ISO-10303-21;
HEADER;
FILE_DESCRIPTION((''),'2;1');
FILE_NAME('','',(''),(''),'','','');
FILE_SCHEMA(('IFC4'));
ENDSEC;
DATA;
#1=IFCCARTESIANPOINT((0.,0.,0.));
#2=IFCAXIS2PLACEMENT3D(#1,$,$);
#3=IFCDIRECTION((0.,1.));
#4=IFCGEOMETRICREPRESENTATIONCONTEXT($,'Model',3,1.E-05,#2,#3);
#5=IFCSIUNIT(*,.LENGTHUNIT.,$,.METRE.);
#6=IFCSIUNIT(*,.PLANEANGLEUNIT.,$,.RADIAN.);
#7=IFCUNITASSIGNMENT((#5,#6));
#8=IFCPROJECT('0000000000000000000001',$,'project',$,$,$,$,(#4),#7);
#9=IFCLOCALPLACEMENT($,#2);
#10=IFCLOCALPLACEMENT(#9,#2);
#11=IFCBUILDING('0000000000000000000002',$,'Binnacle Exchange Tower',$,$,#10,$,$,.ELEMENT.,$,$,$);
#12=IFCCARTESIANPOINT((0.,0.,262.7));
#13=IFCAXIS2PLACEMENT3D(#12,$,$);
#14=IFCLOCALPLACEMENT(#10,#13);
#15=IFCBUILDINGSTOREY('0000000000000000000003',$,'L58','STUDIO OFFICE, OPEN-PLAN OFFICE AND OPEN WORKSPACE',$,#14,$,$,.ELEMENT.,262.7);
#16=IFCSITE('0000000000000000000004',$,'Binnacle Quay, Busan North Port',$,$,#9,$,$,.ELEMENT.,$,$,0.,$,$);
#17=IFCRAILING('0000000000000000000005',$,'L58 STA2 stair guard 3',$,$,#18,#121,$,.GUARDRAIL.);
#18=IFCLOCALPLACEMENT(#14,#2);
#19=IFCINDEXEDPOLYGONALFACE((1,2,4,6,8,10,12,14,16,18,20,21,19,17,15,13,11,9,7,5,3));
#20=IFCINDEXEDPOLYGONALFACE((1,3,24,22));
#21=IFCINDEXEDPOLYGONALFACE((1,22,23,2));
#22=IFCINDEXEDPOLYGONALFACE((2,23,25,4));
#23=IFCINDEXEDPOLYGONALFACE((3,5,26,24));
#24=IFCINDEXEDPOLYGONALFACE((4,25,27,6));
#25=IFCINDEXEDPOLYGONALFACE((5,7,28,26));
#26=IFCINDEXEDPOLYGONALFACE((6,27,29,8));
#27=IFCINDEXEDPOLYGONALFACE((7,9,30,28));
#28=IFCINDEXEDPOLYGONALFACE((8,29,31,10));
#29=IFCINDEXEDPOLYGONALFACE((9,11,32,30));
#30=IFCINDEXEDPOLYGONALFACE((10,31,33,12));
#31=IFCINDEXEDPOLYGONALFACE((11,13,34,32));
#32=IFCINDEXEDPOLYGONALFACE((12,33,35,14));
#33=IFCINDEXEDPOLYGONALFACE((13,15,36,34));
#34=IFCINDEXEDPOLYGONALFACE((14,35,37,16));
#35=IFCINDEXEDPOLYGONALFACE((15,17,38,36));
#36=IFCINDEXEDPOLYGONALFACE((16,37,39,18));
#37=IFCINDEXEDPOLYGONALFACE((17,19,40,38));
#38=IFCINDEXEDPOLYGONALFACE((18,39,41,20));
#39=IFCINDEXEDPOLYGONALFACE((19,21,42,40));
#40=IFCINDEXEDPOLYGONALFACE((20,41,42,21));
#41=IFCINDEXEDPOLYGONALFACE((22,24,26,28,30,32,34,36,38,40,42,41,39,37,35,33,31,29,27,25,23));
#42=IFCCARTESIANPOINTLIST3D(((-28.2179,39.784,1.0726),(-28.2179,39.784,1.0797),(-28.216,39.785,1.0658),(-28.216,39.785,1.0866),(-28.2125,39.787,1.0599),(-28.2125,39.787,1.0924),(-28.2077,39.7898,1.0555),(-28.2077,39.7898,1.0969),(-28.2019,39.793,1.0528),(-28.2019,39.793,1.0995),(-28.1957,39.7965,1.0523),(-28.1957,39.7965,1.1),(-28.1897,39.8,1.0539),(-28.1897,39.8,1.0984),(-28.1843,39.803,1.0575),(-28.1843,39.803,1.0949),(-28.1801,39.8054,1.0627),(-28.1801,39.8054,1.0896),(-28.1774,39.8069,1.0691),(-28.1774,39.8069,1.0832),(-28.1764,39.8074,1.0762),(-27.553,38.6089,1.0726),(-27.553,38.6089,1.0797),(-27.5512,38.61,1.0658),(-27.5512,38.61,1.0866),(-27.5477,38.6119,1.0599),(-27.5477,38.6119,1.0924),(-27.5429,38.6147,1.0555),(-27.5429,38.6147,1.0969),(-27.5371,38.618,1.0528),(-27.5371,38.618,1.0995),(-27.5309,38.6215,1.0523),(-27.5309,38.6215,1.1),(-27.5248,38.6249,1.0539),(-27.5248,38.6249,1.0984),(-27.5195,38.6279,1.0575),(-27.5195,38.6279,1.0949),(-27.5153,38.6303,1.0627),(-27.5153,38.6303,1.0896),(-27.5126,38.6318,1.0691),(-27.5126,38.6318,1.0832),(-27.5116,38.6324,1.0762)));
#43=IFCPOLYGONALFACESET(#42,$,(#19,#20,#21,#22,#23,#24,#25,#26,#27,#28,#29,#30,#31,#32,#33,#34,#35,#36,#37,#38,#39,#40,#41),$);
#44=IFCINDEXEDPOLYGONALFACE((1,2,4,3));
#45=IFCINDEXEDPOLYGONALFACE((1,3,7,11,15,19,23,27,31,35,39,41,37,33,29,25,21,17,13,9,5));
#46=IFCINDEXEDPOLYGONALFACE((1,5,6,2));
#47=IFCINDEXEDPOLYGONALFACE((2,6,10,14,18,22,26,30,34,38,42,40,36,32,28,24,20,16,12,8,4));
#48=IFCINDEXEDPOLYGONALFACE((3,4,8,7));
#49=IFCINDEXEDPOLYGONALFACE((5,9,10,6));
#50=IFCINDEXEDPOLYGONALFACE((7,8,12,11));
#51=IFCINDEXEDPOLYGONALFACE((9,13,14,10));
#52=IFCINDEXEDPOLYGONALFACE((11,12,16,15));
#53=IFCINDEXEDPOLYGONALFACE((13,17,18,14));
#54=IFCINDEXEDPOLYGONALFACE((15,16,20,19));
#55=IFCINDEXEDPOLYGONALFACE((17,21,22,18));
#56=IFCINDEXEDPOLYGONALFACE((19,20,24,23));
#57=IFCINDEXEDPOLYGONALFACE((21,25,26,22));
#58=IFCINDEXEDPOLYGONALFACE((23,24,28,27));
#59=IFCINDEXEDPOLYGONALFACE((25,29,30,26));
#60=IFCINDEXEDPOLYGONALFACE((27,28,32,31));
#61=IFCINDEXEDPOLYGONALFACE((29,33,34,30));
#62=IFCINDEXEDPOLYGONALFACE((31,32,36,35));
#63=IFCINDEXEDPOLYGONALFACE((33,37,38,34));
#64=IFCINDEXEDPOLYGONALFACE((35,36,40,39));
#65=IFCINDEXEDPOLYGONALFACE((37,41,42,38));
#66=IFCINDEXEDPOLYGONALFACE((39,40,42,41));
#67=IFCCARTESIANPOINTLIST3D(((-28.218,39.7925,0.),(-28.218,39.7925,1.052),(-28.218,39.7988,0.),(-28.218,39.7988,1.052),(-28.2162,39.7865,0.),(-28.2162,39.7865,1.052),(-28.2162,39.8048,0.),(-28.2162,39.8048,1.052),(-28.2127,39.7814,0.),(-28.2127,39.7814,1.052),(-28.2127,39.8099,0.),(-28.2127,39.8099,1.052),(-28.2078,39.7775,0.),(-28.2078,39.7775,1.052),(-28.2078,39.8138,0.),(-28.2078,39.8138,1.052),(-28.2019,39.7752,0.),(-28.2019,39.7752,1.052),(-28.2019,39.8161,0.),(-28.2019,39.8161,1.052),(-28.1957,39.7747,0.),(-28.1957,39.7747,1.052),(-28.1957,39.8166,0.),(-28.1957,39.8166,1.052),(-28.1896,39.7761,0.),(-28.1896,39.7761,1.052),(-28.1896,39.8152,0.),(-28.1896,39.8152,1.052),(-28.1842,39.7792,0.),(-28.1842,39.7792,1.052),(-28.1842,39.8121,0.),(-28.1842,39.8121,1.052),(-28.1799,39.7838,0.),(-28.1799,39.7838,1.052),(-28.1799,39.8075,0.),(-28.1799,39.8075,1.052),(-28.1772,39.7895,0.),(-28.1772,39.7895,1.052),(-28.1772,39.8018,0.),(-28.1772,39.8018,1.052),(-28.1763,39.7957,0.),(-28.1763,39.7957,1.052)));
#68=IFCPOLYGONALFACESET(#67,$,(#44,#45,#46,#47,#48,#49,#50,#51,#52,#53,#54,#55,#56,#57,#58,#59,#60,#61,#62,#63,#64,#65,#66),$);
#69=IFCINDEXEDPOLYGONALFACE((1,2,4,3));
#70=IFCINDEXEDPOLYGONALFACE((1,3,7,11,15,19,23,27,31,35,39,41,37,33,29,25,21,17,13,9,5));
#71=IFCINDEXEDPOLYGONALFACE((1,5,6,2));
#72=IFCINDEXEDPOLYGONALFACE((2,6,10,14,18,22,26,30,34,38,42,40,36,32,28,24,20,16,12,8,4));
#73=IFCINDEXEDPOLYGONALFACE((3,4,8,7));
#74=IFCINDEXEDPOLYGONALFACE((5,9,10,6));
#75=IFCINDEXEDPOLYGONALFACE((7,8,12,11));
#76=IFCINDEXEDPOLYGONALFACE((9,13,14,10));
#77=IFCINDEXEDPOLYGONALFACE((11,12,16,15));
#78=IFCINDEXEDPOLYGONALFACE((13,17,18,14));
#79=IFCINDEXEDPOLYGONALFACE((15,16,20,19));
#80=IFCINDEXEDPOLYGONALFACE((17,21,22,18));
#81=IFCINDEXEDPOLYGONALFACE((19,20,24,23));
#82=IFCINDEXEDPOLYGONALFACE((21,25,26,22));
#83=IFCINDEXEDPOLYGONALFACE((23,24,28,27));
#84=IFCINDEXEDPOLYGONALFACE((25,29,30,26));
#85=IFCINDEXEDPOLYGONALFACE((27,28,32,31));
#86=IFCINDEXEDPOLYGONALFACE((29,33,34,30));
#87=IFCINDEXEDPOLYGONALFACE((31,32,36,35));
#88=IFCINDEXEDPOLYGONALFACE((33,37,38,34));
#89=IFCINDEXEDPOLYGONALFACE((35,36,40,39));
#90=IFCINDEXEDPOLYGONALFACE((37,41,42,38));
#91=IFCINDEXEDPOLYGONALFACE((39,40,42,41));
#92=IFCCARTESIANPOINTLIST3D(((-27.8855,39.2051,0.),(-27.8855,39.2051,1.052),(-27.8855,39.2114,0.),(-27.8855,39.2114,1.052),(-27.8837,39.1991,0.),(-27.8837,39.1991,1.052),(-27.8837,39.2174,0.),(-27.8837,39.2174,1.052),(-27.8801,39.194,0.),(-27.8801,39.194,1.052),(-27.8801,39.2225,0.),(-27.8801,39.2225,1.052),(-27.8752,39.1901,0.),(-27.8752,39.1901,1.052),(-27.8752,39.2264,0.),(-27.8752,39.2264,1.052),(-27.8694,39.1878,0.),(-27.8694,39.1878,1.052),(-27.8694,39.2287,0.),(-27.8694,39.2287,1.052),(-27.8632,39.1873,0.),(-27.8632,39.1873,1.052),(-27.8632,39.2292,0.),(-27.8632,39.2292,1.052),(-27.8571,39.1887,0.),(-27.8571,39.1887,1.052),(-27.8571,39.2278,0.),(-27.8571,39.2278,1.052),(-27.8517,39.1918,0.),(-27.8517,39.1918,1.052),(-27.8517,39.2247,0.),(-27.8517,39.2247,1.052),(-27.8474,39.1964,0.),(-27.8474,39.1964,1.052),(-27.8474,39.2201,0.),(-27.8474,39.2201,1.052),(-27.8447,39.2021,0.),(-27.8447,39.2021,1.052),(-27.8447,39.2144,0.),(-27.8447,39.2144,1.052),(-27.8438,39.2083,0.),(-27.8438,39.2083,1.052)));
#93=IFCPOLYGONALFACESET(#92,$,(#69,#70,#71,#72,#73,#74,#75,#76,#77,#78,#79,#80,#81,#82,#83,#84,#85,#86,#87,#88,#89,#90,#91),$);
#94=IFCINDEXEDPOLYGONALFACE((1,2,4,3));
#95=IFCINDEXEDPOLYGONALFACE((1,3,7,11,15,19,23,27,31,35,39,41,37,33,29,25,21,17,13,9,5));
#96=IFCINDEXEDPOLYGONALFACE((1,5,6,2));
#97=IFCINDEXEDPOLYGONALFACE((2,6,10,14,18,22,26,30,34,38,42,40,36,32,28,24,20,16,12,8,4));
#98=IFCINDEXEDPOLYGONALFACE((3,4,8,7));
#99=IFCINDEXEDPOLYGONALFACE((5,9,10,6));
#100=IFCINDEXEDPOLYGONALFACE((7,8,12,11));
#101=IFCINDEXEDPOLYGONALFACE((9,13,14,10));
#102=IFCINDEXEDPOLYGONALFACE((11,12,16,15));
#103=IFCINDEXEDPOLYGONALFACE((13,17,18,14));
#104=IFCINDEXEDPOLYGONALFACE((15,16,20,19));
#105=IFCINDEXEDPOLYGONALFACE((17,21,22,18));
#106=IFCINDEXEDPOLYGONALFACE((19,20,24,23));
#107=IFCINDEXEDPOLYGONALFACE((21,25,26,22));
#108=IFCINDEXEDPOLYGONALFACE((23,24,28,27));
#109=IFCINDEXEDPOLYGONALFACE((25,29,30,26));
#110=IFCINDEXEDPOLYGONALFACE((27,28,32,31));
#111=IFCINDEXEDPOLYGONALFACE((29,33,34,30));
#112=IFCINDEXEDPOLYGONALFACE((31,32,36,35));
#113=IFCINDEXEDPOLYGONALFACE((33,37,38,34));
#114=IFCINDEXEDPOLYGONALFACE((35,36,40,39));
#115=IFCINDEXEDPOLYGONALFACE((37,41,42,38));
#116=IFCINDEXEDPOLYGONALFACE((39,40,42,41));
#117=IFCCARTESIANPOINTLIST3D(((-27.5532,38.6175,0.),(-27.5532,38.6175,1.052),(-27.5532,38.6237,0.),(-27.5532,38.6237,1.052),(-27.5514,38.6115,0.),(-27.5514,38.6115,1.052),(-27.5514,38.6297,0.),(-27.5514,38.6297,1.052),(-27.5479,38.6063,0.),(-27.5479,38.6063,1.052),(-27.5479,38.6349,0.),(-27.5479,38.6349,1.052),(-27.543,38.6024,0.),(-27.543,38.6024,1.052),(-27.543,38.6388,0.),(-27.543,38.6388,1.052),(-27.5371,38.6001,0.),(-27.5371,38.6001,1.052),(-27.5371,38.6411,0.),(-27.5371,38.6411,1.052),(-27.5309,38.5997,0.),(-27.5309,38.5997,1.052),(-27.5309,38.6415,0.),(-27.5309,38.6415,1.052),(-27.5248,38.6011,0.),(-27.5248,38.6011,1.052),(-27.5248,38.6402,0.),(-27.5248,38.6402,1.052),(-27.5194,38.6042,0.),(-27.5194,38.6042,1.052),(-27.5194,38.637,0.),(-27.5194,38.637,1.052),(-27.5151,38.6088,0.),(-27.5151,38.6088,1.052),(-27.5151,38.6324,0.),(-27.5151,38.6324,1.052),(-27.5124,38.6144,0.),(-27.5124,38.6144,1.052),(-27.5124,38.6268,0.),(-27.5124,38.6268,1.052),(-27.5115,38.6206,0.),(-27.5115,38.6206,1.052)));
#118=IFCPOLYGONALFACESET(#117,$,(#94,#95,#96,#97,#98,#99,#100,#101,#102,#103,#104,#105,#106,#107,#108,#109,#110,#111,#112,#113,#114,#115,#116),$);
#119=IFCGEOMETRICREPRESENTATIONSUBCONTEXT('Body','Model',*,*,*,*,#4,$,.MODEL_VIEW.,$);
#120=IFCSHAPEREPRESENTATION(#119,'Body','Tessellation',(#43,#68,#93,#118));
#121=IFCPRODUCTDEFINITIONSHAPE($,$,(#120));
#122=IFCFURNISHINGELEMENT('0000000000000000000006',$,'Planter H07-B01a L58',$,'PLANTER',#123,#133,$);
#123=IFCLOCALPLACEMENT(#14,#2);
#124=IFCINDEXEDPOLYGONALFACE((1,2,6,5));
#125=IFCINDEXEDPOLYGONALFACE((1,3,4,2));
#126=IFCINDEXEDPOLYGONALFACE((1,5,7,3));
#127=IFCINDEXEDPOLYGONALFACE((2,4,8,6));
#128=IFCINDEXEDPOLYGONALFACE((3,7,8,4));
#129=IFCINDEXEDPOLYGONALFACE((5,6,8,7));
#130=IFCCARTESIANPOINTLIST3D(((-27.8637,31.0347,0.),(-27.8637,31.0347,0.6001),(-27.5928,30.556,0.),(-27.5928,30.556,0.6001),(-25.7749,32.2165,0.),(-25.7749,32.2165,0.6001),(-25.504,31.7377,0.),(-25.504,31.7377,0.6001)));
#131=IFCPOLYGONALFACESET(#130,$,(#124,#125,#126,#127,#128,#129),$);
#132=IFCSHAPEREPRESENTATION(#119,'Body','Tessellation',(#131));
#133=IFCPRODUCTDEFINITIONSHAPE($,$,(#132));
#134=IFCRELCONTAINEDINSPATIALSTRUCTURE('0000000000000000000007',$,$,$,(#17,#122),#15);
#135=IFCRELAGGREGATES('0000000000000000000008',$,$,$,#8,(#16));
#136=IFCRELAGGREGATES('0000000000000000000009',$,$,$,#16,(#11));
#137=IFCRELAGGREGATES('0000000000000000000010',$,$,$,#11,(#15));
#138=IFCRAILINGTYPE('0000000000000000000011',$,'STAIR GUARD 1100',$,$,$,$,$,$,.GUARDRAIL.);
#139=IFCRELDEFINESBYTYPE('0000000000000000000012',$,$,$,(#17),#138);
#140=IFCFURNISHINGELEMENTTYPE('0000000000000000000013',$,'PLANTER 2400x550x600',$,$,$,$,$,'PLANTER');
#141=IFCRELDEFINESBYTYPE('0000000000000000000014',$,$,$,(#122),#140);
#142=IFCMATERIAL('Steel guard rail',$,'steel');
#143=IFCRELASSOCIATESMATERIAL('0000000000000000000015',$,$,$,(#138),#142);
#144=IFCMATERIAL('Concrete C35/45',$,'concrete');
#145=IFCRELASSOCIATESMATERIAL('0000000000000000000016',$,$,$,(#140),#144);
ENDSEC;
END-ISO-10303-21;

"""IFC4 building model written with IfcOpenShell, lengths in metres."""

from ifc_helpers import new_model, si_unit, direction, frame, origin, origin_2d, place, context, subcontext, project, spatial, rectangle, circle, extrude, material, type_object, element, save


model = new_model("IFC4")

# Units and contexts
model_context = context("Model", 3, precision=1e-05, world=origin(), true_north=direction((0.0, 1.0)))
body_context = subcontext(model_context, "Body", "Model", "MODEL_VIEW")
ifc_project = project(units=[si_unit("LENGTHUNIT", "METRE"), si_unit("PLANEANGLEUNIT", "RADIAN")], contexts=[model_context])

# Site, building, storey
site_placement = place(None, origin())
site = spatial("IfcSite", under=ifc_project, at=site_placement, Name="Binnacle Quay, Busan North Port", CompositionType="ELEMENT", RefElevation=0.0)
building_placement = place(site_placement, origin())
building = spatial("IfcBuilding", under=site, at=building_placement, Name="Binnacle Exchange Tower", CompositionType="ELEMENT")
storey_placement = place(building_placement, frame((0.0, 0.0, 262.7)))
storey = spatial("IfcBuildingStorey", under=building, at=storey_placement, Name="L58", Description="STUDIO OFFICE, OPEN-PLAN OFFICE AND OPEN WORKSPACE", CompositionType="ELEMENT", Elevation=262.7)

# Shared definitions
ifc_material_1 = material(Name="Concrete C35/45", Category="concrete")

# Railing
ifc_material_2 = material(Name="Steel guard rail", Category="steel")
railing_type_1 = type_object("IfcRailingType", Name="STAIR GUARD 1100", PredefinedType="GUARDRAIL", material=ifc_material_2)
railing_1_placement = place(storey_placement, frame((-28.1973, 39.7957, 0.0)))
element("IfcRailing", 1, at=railing_1_placement, inside=storey, type_object=railing_type_1, Name="L58 STA2 stair guard 3", PredefinedType="GUARDRAIL", context=body_context, shape_type="SweptSolid", body=[
    extrude(circle(Radius=0.0239, at=origin_2d()), frame((0.0, 0.0, 1.0762), z_axis=(0.492415, -0.870361, 0.0), x_axis=(0.870361, 0.492415, 0.0)), (0.0, 0.0, 1.0), 1.3501),
    extrude(circle(Radius=0.021, at=origin_2d()), origin(), (0.0, 0.0, 1.0), 1.052),
    extrude(circle(Radius=0.021, at=origin_2d()), frame((0.3325, -0.5874, 0.0)), (0.0, 0.0, 1.0), 1.052),
    extrude(circle(Radius=0.021, at=origin_2d()), frame((0.6648, -1.175, 0.0)), (0.0, 0.0, 1.0), 1.052),
])

# Furnishing element
furnishing_element_type = type_object("IfcFurnishingElementType", Name="PLANTER 2400x550x600", ElementType="PLANTER", material=ifc_material_1)
furnishing_placement = place(storey_placement, frame((-26.6838, 31.3862, 0.0), z_axis=(0.0, 0.0, 1.0), x_axis=(0.870356, 0.492424, 0.0)))
element("IfcFurnishingElement", 2, at=furnishing_placement, inside=storey, type_object=furnishing_element_type, Name="Planter H07-B01a L58", ObjectType="PLANTER", context=body_context, shape_type="SweptSolid", body=[
    extrude(rectangle(XDim=2.3999, YDim=0.55, at=origin_2d()), origin(), (0.0, 0.0, 1.0), 0.6001),
])

save(model, "model.ifc")
